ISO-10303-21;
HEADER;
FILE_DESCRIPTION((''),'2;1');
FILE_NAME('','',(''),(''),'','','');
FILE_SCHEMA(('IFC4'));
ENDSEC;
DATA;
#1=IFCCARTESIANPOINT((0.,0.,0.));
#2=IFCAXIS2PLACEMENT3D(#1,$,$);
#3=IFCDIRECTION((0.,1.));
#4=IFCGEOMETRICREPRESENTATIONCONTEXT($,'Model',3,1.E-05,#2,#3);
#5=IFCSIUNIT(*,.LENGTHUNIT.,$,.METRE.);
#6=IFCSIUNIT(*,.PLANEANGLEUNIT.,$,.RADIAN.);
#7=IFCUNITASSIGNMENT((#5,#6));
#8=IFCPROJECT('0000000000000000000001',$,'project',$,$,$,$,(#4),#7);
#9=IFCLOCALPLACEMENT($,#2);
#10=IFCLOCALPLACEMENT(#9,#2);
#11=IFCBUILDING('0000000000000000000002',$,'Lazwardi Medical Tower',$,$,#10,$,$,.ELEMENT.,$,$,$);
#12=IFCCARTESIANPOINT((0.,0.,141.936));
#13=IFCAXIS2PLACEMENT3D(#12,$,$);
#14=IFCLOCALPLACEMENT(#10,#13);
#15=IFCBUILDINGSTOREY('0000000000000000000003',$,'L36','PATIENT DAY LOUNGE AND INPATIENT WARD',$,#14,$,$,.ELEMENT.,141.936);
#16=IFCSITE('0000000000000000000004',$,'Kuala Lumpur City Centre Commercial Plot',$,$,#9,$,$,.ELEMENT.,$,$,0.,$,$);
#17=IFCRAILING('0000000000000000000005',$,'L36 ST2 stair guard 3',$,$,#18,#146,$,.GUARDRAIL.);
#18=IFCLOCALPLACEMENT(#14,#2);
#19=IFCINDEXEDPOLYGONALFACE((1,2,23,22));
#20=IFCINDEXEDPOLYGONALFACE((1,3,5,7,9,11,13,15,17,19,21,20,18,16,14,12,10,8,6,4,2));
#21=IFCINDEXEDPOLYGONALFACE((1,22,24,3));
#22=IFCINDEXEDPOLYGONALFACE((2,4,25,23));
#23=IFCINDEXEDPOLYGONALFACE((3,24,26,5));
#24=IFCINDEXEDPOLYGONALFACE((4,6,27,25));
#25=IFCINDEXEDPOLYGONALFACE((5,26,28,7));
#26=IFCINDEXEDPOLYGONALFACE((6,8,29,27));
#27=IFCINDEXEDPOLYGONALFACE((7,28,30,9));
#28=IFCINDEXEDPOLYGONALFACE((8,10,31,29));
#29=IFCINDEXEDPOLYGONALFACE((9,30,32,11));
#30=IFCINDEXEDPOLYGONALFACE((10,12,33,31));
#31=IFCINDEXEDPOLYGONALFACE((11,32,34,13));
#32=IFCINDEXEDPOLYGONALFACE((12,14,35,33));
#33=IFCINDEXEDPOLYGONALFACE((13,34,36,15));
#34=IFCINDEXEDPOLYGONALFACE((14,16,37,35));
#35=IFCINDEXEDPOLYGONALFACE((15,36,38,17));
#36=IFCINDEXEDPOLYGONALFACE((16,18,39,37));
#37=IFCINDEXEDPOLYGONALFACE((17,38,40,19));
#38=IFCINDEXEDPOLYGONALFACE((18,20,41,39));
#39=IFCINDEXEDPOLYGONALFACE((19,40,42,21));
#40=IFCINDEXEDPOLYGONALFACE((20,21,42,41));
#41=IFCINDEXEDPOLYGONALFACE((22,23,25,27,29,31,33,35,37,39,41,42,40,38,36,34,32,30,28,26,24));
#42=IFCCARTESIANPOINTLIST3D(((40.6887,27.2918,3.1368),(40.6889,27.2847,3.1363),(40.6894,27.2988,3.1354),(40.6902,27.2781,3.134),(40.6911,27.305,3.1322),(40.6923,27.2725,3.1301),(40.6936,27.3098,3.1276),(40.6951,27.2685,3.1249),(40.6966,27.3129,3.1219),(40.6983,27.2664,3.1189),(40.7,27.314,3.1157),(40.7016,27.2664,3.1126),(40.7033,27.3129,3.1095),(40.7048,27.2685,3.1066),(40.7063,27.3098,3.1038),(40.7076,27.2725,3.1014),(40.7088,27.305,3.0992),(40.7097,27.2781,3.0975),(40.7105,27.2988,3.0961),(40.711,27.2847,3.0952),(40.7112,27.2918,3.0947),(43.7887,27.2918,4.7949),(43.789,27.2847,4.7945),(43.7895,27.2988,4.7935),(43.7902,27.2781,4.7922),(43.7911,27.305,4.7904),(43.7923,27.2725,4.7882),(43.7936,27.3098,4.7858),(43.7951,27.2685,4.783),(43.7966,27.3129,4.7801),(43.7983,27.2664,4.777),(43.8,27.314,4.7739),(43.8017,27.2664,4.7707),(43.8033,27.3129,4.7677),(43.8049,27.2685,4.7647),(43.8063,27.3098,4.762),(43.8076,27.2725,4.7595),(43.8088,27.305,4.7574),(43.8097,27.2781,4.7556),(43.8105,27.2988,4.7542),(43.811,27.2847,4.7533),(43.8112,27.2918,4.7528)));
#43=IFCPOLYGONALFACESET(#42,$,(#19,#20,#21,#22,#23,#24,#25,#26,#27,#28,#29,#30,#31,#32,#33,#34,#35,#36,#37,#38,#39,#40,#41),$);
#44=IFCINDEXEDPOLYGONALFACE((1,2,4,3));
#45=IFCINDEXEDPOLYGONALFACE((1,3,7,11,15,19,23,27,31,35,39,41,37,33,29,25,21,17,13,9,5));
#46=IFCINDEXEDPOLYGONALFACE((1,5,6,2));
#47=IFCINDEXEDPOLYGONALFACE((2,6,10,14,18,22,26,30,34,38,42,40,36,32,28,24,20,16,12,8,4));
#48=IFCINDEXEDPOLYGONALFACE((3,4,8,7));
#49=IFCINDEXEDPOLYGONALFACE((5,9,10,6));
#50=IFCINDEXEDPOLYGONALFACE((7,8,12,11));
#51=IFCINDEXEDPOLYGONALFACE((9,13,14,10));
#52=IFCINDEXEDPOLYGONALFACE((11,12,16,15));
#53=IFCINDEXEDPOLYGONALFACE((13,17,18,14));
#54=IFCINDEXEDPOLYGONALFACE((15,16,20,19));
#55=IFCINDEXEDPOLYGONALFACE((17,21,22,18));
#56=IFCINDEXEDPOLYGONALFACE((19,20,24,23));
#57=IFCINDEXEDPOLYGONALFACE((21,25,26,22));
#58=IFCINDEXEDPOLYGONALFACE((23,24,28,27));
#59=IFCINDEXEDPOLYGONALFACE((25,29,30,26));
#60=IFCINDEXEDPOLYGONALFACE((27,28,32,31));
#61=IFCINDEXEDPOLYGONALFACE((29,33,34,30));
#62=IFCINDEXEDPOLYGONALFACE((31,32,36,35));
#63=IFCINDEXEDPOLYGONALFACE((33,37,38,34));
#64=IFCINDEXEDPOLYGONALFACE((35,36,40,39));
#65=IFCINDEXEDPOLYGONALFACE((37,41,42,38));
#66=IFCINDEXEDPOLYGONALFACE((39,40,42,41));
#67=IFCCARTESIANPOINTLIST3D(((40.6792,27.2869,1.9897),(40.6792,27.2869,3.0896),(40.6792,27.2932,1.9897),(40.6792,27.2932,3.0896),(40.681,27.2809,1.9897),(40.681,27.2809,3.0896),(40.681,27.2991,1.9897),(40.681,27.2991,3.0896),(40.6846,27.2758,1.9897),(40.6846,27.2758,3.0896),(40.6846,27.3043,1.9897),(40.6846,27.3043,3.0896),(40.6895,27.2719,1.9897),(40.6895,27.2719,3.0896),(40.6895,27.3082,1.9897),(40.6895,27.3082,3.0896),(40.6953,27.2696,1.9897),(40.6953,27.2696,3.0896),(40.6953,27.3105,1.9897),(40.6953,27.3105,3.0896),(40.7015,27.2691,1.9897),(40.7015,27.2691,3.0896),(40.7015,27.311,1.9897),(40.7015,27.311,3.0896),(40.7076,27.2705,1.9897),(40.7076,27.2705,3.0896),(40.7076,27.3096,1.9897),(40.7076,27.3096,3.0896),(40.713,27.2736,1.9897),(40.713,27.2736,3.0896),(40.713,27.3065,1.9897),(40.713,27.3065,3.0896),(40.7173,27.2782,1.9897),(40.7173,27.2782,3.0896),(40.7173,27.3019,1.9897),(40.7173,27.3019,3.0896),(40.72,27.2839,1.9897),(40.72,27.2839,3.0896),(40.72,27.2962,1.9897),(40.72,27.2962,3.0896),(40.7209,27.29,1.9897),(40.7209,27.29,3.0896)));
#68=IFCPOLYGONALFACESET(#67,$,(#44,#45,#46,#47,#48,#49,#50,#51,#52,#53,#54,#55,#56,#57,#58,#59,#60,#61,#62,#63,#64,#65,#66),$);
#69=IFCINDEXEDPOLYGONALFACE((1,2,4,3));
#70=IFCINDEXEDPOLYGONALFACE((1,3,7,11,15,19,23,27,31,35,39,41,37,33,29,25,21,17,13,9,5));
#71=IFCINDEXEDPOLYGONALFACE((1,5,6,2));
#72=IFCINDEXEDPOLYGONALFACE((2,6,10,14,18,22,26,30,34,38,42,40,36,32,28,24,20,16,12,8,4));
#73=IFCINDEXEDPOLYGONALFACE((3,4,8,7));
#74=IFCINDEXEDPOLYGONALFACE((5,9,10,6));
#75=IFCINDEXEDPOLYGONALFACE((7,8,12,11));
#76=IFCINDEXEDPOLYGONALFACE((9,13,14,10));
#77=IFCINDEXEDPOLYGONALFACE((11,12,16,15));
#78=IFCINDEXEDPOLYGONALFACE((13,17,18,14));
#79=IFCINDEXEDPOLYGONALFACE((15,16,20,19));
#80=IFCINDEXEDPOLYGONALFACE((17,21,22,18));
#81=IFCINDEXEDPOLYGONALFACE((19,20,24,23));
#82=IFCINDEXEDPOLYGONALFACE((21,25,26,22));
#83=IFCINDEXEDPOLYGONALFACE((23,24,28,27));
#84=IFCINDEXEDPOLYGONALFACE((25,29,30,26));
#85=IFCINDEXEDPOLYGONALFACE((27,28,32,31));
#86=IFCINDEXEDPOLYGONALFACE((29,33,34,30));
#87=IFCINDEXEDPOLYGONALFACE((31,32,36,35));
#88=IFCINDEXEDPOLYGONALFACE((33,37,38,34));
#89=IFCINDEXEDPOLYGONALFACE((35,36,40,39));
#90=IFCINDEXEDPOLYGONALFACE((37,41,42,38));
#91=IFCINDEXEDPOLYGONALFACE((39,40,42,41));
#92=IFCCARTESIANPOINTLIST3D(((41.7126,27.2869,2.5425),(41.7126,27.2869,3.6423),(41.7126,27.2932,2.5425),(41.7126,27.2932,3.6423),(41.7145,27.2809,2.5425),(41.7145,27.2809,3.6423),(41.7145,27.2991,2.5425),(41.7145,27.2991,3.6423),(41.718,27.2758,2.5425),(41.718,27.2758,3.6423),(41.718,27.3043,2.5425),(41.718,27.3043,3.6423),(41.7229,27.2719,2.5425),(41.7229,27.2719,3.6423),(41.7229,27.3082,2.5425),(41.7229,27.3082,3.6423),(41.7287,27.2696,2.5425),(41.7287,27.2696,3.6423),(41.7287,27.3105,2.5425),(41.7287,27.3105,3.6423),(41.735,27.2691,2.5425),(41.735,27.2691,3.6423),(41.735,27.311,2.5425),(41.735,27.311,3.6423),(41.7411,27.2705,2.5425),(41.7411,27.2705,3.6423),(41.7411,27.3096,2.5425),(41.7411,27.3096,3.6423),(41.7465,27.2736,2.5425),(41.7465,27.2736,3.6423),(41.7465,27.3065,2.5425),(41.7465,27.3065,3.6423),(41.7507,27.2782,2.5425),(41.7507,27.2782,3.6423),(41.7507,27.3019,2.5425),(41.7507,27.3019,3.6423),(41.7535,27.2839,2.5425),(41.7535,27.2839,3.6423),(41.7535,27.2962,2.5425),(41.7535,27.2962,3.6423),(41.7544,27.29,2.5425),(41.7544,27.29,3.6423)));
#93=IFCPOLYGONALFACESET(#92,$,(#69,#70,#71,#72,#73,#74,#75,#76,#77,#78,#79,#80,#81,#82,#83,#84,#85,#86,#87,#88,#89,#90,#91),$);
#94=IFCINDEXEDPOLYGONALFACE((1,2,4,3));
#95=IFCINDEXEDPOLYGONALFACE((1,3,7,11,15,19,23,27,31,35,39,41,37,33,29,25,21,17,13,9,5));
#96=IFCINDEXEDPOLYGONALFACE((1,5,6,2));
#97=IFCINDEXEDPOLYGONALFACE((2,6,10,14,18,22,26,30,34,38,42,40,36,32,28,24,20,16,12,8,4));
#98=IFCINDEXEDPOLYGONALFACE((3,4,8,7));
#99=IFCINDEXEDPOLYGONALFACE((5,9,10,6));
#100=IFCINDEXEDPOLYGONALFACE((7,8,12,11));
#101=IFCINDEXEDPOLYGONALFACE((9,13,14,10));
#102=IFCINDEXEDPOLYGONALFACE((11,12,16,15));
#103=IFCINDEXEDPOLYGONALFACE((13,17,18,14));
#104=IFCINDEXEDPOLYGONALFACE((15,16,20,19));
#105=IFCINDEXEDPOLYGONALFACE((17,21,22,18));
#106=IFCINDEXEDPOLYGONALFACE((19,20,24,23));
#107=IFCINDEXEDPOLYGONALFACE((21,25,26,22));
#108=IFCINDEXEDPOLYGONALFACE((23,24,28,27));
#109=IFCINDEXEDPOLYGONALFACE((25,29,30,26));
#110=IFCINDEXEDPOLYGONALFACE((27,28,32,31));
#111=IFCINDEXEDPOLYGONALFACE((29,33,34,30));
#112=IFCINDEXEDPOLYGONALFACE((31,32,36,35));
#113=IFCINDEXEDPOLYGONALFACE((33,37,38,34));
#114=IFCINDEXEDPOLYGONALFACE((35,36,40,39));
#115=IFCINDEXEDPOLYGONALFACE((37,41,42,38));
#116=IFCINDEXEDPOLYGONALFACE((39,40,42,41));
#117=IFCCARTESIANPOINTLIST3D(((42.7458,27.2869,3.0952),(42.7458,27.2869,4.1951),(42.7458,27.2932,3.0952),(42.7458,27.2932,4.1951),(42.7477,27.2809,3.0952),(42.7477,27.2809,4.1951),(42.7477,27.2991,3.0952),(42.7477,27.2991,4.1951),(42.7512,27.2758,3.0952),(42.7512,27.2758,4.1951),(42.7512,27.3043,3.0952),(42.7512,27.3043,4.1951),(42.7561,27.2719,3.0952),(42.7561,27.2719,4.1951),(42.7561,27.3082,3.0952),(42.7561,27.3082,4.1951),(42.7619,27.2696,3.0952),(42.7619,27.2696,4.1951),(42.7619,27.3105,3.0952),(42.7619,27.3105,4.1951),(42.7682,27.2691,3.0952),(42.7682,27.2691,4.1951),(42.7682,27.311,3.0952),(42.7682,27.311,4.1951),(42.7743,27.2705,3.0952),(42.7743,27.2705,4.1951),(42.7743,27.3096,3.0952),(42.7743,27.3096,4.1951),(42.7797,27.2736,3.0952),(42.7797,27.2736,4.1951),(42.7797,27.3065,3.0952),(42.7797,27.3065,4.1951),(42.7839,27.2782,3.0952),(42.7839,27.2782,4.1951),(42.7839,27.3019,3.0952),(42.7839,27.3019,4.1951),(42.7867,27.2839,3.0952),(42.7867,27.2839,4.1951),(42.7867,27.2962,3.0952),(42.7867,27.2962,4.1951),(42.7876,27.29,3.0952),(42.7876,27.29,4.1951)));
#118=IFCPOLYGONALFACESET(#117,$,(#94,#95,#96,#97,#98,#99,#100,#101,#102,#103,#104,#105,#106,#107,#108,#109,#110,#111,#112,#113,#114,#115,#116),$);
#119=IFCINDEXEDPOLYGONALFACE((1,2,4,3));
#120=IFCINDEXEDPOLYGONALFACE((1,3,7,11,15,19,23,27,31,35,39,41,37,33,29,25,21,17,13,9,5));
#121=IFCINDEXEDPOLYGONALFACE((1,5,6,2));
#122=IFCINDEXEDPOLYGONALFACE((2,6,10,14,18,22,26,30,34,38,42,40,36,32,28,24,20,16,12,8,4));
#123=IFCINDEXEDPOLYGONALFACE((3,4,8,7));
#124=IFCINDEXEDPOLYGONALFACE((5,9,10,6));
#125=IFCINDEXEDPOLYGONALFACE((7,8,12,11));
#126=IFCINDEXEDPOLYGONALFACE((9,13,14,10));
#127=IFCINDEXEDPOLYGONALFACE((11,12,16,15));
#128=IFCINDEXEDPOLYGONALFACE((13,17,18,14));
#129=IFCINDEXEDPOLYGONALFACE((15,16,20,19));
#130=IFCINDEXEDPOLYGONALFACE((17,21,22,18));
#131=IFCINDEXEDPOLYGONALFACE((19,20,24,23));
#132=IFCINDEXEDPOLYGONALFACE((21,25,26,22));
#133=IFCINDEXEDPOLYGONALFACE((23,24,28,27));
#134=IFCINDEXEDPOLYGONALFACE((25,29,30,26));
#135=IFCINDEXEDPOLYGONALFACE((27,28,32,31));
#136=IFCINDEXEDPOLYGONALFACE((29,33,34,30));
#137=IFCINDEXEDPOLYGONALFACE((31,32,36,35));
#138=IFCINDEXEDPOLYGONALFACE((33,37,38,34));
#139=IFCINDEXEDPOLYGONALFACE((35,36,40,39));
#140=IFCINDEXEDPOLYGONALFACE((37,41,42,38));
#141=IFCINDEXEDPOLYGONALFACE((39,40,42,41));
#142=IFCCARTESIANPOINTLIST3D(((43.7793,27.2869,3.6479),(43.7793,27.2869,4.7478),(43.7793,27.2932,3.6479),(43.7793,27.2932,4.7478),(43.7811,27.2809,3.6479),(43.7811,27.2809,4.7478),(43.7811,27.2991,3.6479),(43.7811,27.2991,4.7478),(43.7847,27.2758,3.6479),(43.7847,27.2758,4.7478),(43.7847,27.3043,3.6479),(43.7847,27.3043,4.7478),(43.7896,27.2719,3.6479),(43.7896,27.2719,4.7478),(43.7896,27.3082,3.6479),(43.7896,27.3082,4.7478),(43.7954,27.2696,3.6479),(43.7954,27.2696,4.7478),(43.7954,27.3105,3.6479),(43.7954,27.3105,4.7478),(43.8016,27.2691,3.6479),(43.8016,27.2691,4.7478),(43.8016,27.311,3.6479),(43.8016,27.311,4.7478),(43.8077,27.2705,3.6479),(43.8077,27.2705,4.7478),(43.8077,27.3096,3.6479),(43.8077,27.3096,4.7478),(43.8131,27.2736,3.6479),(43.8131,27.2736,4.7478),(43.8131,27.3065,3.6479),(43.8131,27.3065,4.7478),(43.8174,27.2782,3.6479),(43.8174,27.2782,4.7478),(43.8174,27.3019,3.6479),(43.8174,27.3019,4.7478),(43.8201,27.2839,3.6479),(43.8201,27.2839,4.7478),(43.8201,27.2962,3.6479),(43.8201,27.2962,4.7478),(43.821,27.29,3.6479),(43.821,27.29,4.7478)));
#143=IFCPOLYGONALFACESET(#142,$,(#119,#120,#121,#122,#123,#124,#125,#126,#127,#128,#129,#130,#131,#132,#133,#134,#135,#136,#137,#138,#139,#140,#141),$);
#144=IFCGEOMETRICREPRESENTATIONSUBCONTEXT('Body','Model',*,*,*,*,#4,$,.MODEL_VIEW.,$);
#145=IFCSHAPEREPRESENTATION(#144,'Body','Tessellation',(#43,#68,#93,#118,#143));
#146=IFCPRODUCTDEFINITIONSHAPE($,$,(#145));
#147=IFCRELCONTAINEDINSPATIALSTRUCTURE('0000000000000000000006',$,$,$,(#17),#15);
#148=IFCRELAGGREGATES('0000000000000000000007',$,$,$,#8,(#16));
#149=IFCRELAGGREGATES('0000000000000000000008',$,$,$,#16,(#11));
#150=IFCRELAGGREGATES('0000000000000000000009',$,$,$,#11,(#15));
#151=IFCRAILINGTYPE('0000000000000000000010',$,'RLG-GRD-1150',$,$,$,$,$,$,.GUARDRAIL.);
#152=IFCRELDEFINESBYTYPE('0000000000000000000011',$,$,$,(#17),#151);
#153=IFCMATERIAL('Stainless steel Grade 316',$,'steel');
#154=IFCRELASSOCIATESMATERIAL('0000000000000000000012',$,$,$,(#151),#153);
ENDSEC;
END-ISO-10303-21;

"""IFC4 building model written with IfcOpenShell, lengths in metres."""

from ifc_helpers import new_model, si_unit, direction, frame, origin, origin_2d, place, context, subcontext, project, spatial, circle, extrude, material, type_object, element, save


model = new_model("IFC4")

# Units and contexts
model_context = context("Model", 3, precision=1e-05, world=origin(), true_north=direction((0.0, 1.0)))
body_context = subcontext(model_context, "Body", "Model", "MODEL_VIEW")
ifc_project = project(units=[si_unit("LENGTHUNIT", "METRE"), si_unit("PLANEANGLEUNIT", "RADIAN")], contexts=[model_context])

# Site, building, storey
site_placement = place(None, origin())
site = spatial("IfcSite", under=ifc_project, at=site_placement, Name="Kuala Lumpur City Centre Commercial Plot", CompositionType="ELEMENT", RefElevation=0.0)
building_placement = place(site_placement, origin())
building = spatial("IfcBuilding", under=site, at=building_placement, Name="Lazwardi Medical Tower", CompositionType="ELEMENT")
storey_placement = place(building_placement, frame((0.0, 0.0, 141.936)))
storey = spatial("IfcBuildingStorey", under=building, at=storey_placement, Name="L36", Description="PATIENT DAY LOUNGE AND INPATIENT WARD", CompositionType="ELEMENT", Elevation=141.936)

# Railing
ifc_material_1 = material(Name="Stainless steel Grade 316", Category="steel")
railing_type_1 = type_object("IfcRailingType", Name="RLG-GRD-1150", PredefinedType="GUARDRAIL", material=ifc_material_1)
railing_1_placement = place(storey_placement, frame((40.7, 27.29, 1.9897)))
element("IfcRailing", 1, at=railing_1_placement, inside=storey, type_object=railing_type_1, Name="L36 ST2 stair guard 3", PredefinedType="GUARDRAIL", context=body_context, shape_type="SweptSolid", body=[
    extrude(circle(Radius=0.0239, at=origin_2d()), frame((0.0, 0.0, 1.126), z_axis=(0.881783, 0.0, 0.471655), x_axis=(0.0, 1.0, 0.0)), (0.0, 0.0, 1.0), 3.5156),
    extrude(circle(Radius=0.021, at=origin_2d()), origin(), (0.0, 0.0, 1.0), 1.0999),
    extrude(circle(Radius=0.021, at=origin_2d()), frame((1.0334, 0.0, 0.5527)), (0.0, 0.0, 1.0), 1.0999),
    extrude(circle(Radius=0.021, at=origin_2d()), frame((2.0667, 0.0, 1.1055)), (0.0, 0.0, 1.0), 1.0999),
    extrude(circle(Radius=0.021, at=origin_2d()), frame((3.1001, 0.0, 1.6582)), (0.0, 0.0, 1.0), 1.0999),
])

save(model, "model.ifc")
